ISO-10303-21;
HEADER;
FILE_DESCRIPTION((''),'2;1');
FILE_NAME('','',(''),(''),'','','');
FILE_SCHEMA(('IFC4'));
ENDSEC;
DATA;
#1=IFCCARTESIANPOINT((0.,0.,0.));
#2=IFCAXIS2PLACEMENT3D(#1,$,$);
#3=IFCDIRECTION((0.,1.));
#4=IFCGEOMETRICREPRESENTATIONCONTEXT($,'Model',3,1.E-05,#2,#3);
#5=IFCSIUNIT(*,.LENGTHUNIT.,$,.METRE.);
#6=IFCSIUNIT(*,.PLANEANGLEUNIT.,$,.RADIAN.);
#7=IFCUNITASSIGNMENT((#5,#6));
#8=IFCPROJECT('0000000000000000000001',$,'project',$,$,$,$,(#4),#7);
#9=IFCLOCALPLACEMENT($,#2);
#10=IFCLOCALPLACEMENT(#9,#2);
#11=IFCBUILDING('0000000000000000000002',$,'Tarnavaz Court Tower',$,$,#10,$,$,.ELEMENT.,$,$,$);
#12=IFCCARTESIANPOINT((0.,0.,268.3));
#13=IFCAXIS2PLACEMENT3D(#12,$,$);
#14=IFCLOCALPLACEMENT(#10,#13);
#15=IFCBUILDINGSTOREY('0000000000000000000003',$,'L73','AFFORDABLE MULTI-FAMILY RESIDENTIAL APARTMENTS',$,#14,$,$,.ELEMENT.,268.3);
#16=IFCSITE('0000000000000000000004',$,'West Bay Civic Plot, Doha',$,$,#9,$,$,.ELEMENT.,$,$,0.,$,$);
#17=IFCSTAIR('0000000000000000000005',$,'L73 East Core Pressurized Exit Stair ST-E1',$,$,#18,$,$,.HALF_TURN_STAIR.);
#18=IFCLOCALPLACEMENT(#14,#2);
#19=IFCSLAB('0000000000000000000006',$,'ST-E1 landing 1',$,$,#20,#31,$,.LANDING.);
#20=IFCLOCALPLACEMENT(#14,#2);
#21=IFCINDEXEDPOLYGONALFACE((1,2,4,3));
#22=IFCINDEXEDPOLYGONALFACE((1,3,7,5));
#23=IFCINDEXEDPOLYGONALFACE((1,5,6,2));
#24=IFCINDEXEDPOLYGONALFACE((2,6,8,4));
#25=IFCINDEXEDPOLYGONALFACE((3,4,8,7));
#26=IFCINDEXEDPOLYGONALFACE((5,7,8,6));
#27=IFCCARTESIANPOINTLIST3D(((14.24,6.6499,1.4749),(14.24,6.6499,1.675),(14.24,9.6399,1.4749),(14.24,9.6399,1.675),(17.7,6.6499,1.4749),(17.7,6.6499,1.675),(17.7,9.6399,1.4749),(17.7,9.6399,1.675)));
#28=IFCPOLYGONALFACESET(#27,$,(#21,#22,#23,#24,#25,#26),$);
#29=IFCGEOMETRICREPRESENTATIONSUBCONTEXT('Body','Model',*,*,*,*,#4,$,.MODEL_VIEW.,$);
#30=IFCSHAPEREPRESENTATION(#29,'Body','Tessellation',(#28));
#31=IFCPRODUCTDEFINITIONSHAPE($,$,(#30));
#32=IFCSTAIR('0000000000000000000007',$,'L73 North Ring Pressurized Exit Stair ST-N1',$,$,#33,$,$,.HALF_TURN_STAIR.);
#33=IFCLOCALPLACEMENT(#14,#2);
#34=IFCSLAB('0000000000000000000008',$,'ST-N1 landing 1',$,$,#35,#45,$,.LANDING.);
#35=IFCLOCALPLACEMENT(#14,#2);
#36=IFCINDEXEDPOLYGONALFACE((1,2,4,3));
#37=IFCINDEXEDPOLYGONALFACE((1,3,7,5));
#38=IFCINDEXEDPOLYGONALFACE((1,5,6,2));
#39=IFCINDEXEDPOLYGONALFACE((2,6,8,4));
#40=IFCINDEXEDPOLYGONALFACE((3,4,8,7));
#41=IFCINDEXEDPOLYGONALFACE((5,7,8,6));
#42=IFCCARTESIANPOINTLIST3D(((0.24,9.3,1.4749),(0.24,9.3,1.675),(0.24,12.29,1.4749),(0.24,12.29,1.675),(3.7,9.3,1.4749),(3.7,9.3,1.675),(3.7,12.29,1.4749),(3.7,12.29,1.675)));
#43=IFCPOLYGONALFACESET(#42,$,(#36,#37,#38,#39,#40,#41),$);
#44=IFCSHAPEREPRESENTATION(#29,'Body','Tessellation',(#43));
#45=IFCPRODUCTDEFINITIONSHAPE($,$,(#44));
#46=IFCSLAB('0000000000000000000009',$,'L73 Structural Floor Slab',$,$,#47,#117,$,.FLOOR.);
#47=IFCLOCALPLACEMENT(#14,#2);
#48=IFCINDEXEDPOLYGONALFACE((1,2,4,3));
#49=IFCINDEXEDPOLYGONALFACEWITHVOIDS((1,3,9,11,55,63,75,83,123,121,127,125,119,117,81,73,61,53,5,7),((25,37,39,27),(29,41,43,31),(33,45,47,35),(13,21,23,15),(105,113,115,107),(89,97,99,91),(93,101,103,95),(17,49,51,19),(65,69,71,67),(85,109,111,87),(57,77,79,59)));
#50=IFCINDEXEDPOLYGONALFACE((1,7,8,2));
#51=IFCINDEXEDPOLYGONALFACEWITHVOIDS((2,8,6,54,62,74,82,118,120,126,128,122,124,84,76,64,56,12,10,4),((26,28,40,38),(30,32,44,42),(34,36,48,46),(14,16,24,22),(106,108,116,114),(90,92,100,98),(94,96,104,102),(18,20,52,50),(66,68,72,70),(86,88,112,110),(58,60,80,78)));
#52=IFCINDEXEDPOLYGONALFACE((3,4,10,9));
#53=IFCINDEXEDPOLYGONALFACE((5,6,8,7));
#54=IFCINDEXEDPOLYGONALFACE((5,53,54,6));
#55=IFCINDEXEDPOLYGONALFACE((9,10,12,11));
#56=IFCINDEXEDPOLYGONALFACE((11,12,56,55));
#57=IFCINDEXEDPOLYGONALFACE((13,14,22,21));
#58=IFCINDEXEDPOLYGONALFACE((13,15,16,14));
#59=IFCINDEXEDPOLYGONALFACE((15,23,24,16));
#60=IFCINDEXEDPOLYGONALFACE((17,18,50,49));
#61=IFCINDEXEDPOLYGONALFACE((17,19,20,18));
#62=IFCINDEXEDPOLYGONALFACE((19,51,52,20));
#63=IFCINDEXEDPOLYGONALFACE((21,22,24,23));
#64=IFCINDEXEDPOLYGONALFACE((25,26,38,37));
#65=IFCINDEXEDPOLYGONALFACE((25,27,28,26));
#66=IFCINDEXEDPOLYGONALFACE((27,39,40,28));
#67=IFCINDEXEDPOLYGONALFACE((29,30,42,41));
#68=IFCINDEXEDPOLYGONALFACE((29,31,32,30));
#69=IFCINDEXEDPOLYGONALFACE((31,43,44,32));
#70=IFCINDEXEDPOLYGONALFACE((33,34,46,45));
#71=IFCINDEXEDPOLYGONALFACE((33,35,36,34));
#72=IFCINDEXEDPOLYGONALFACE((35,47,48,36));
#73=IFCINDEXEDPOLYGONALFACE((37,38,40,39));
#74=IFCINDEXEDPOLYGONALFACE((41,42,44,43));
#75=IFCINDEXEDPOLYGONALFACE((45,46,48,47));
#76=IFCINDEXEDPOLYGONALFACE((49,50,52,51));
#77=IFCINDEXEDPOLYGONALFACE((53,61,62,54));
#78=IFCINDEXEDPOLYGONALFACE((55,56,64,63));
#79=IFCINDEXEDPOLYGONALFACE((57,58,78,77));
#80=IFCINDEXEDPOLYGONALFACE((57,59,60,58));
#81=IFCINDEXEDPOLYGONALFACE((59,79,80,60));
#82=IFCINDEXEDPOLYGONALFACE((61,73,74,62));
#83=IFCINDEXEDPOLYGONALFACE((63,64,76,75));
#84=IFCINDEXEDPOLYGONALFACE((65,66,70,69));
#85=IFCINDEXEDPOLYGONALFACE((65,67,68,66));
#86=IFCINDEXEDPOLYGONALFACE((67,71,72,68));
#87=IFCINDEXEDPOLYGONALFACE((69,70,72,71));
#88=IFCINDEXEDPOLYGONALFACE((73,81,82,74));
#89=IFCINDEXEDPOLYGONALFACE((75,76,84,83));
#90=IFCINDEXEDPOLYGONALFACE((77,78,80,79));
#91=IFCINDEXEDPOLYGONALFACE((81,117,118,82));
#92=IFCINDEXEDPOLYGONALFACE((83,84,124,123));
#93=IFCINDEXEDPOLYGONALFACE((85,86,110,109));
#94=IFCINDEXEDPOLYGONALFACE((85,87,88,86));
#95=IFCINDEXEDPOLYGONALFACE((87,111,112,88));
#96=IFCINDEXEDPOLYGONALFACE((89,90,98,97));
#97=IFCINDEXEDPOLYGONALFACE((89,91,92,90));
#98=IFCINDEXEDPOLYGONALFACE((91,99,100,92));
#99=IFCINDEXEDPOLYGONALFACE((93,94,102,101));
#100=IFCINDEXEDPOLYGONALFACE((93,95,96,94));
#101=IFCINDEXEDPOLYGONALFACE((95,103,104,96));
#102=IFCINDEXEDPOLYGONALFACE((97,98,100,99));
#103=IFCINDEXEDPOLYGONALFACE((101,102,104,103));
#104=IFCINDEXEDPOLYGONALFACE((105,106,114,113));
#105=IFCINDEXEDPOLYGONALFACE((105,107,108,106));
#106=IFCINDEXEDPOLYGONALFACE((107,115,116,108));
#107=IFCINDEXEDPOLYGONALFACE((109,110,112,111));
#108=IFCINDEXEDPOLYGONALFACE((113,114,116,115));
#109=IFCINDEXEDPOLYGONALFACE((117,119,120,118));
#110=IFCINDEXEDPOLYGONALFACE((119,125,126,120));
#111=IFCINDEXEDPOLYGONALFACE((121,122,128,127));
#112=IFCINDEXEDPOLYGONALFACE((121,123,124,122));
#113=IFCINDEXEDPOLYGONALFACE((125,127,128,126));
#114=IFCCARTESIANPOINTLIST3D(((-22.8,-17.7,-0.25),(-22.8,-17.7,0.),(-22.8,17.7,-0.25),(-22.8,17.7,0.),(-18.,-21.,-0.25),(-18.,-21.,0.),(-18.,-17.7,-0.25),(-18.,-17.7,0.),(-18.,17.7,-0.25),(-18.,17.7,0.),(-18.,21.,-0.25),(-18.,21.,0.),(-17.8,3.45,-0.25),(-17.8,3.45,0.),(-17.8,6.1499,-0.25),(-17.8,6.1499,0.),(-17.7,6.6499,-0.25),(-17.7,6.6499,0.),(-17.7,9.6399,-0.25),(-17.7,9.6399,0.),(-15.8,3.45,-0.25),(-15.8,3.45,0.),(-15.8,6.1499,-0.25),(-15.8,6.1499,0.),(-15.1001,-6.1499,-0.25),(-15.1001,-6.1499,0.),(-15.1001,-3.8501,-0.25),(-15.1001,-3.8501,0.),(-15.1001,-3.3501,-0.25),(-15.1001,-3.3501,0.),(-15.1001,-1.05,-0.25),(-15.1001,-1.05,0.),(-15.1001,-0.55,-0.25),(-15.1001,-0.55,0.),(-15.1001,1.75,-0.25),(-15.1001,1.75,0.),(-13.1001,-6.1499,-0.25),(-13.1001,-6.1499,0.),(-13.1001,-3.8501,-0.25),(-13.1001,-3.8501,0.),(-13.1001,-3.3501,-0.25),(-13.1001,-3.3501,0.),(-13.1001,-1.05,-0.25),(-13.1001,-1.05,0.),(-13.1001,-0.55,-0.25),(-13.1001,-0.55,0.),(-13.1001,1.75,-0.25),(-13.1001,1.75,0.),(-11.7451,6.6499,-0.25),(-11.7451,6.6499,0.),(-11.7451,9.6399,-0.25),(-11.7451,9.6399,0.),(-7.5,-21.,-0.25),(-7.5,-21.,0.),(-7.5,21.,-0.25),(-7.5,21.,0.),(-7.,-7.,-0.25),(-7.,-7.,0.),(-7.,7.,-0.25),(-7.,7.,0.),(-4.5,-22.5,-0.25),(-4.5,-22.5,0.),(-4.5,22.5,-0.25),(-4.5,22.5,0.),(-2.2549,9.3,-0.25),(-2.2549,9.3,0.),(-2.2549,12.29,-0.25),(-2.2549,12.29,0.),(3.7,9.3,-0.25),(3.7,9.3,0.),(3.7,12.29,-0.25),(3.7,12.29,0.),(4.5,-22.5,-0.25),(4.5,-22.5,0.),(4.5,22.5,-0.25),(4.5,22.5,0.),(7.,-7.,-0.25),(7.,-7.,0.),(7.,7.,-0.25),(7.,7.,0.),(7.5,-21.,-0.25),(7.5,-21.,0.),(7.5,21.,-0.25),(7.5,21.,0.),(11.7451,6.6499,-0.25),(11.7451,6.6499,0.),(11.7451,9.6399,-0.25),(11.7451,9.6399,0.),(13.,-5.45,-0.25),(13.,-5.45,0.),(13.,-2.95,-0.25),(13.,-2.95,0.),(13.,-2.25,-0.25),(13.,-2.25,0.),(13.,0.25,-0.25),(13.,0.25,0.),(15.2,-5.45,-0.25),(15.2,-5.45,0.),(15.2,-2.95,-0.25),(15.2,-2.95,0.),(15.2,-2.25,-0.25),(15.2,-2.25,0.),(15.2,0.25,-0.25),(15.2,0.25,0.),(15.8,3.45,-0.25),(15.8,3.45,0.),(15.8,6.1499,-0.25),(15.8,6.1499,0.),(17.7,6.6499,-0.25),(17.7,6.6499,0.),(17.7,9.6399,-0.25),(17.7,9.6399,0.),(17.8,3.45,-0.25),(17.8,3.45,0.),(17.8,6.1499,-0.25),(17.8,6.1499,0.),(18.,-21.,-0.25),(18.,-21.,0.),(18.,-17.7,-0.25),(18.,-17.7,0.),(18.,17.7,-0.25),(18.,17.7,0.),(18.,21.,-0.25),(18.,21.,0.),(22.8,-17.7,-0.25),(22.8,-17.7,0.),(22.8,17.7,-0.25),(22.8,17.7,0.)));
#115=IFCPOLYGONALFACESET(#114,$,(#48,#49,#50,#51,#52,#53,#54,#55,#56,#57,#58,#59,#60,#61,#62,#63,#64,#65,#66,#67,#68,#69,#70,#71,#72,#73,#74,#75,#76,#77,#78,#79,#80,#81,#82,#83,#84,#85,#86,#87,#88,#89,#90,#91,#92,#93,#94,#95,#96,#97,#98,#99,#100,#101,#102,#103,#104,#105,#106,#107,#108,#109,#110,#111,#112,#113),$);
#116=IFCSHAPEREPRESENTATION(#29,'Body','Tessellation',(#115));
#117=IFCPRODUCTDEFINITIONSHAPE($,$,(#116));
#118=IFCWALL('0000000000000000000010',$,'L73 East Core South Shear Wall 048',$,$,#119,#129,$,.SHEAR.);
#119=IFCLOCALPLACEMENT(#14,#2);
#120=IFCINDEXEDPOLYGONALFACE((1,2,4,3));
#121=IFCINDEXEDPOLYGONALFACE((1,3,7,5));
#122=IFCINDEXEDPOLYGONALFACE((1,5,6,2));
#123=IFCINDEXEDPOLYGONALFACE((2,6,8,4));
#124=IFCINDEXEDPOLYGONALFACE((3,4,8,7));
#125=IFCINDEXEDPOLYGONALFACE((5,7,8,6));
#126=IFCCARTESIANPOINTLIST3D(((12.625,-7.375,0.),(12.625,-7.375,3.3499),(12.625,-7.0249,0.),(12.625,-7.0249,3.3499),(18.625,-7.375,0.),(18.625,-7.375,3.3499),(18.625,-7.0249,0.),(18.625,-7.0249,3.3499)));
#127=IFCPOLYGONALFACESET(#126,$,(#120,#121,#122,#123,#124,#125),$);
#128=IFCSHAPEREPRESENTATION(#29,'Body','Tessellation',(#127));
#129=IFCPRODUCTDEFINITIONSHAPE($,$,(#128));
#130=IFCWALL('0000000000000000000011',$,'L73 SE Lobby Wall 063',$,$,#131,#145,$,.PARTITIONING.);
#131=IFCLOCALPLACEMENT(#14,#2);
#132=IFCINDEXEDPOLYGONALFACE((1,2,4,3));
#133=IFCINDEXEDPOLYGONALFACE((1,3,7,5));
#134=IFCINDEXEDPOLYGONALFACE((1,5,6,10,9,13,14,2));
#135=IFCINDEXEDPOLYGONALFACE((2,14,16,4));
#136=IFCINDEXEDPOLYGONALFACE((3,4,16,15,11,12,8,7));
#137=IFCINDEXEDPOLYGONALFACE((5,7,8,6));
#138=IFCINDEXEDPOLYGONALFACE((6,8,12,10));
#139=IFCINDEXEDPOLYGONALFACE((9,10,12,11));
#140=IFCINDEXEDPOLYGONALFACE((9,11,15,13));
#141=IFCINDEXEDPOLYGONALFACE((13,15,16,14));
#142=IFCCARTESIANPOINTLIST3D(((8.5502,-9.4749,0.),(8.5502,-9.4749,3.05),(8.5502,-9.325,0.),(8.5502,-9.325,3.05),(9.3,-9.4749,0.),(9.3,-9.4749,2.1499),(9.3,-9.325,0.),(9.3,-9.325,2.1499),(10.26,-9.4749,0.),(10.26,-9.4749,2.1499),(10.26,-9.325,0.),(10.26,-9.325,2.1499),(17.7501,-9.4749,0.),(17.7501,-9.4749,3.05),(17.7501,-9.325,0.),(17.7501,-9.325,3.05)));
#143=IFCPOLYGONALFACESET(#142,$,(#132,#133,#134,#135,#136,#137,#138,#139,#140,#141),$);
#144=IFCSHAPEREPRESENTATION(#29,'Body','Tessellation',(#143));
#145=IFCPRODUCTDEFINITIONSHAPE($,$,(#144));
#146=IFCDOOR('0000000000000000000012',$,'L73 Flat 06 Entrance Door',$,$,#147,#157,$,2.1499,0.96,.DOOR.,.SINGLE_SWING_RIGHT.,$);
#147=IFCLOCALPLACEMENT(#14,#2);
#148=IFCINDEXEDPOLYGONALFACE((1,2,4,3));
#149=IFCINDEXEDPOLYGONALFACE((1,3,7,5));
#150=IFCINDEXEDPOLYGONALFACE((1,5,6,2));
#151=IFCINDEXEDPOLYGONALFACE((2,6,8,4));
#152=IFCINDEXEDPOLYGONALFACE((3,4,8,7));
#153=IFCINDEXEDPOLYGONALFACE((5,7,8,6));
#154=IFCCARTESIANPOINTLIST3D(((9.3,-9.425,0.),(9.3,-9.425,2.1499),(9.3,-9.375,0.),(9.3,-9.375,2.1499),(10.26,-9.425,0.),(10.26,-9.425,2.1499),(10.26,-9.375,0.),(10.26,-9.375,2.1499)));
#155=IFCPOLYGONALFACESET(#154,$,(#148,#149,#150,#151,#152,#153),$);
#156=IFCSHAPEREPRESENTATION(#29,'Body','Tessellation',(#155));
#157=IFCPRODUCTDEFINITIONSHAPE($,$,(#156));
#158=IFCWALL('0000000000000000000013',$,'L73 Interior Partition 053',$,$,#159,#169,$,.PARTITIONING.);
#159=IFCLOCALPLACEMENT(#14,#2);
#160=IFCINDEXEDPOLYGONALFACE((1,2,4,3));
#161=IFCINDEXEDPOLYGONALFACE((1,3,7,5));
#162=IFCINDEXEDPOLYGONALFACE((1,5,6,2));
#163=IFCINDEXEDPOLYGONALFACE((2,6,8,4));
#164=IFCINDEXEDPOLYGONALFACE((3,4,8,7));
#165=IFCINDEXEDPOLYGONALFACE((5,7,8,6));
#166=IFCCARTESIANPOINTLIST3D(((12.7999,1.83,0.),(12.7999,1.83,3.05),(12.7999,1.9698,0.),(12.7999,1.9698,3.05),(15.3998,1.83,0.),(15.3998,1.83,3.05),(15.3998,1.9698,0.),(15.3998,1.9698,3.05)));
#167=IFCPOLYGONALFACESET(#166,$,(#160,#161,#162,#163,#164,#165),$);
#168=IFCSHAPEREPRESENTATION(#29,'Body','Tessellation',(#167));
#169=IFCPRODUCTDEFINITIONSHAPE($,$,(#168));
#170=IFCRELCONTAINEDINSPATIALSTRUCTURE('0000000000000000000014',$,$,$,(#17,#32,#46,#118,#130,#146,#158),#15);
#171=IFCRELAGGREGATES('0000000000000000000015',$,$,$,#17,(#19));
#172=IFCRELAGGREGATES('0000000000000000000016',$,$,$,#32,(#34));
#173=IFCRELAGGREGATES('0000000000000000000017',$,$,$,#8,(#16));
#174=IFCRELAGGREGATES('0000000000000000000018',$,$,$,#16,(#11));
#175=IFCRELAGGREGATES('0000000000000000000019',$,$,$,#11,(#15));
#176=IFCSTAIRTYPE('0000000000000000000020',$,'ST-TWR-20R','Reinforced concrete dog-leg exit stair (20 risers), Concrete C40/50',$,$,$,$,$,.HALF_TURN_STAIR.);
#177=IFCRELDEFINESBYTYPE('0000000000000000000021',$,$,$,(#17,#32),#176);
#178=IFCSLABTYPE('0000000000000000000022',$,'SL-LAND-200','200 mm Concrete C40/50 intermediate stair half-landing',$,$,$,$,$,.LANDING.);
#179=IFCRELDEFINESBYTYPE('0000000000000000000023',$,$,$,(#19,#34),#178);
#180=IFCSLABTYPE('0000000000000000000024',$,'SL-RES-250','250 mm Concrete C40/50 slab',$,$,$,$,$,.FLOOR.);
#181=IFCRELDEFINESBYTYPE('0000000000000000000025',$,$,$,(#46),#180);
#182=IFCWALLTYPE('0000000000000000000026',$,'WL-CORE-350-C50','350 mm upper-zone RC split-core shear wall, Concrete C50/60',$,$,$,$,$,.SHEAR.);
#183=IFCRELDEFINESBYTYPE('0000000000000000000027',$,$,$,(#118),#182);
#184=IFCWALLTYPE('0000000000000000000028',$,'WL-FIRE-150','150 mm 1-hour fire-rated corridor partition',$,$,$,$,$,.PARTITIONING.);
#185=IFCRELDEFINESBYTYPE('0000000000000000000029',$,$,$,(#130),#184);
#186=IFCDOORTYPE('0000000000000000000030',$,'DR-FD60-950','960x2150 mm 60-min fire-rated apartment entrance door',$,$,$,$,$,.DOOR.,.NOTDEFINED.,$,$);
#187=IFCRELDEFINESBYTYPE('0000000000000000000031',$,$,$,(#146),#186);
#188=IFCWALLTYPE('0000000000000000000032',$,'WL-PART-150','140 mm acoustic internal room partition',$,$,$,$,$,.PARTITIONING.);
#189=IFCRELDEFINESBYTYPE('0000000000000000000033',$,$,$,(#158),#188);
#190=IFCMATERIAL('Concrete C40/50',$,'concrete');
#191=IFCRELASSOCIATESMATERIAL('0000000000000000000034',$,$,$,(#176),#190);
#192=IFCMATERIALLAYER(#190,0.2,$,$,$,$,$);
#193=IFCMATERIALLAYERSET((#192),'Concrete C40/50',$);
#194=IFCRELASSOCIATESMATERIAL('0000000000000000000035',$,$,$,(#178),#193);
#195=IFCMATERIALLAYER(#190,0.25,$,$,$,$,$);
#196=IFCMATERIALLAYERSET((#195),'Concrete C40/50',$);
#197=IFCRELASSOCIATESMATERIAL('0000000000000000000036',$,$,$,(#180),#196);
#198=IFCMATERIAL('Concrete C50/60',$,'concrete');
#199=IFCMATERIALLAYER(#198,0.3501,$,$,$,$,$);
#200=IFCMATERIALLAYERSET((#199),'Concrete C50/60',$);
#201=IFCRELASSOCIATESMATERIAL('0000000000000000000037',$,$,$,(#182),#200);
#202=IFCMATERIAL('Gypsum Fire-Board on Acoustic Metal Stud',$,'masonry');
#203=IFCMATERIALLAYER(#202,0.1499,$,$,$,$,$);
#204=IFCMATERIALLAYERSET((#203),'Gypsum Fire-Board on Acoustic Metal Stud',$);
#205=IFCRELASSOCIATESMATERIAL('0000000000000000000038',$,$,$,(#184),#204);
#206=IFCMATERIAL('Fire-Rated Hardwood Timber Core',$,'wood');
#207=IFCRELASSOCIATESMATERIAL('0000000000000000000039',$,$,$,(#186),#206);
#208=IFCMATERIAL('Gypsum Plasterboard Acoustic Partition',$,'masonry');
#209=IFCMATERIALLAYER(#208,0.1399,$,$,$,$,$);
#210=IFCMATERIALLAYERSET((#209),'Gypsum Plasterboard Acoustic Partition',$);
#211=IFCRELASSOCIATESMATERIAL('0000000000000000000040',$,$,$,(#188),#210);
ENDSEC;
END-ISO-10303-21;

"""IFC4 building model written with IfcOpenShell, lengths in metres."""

from ifc_helpers import new_model, si_unit, direction, frame, frame_2d, origin, place, context, subcontext, project, spatial, polyline, rectangle, outline, extrude, material, layer, layer_set, type_object, element, fill, aggregate, save


model = new_model("IFC4")

# Units and contexts
model_context = context("Model", 3, precision=1e-05, world=origin(), true_north=direction((0.0, 1.0)))
body_context = subcontext(model_context, "Body", "Model", "MODEL_VIEW")
ifc_project = project(units=[si_unit("LENGTHUNIT", "METRE"), si_unit("PLANEANGLEUNIT", "RADIAN")], contexts=[model_context])

# Site, building, storey
site_placement = place(None, origin())
site = spatial("IfcSite", under=ifc_project, at=site_placement, Name="West Bay Civic Plot, Doha", CompositionType="ELEMENT", RefElevation=0.0)
building_placement = place(site_placement, origin())
building = spatial("IfcBuilding", under=site, at=building_placement, Name="Tarnavaz Court Tower", CompositionType="ELEMENT")
storey_placement = place(building_placement, frame((0.0, 0.0, 268.3)))
storey = spatial("IfcBuildingStorey", under=building, at=storey_placement, Name="L73", Description="AFFORDABLE MULTI-FAMILY RESIDENTIAL APARTMENTS", CompositionType="ELEMENT", Elevation=268.3)

# Shared definitions
ifc_material_1 = material(Name="Concrete C50/60", Category="concrete")

# Stairs, slabs
ifc_material_2 = material(Name="Concrete C40/50", Category="concrete")
stair_type = type_object("IfcStairType", Name="ST-TWR-20R", Description="Reinforced concrete dog-leg exit stair (20 risers), Concrete C40/50", PredefinedType="HALF_TURN_STAIR", material=ifc_material_2)
ifc_layer_1 = layer(ifc_material_2, 0.2)
ifc_layer_set_1 = layer_set([ifc_layer_1], Name="Concrete C40/50")
slab_type_1 = type_object("IfcSlabType", Name="SL-LAND-200", Description="200 mm Concrete C40/50 intermediate stair half-landing", PredefinedType="LANDING", material=ifc_layer_set_1)
stair_1_placement = place(storey_placement, origin())
stair_1 = element("IfcStair", 1, at=stair_1_placement, inside=storey, type_object=stair_type, Name="L73 East Core Pressurized Exit Stair ST-E1", PredefinedType="HALF_TURN_STAIR")
slab_1_placement = place(storey_placement, frame((0.0, 0.0, 1.4749)))
slab_1 = element("IfcSlab", 2, at=slab_1_placement, type_object=slab_type_1, Name="ST-E1 landing 1", PredefinedType="LANDING", context=body_context, shape_type="SweptSolid", body=[
    extrude(outline(polyline([(14.24, 6.6499), (17.7, 6.6499), (17.7, 9.6399), (14.24, 9.6399), (14.24, 6.6499)])), origin(), (0.0, 0.0, 1.0), 0.2002),
])
aggregate(stair_1, [slab_1])
stair_2_placement = place(storey_placement, origin())
stair_2 = element("IfcStair", 3, at=stair_2_placement, inside=storey, type_object=stair_type, Name="L73 North Ring Pressurized Exit Stair ST-N1", PredefinedType="HALF_TURN_STAIR")
slab_2_placement = place(storey_placement, frame((0.0, 0.0, 1.4749)))
slab_2 = element("IfcSlab", 4, at=slab_2_placement, type_object=slab_type_1, Name="ST-N1 landing 1", PredefinedType="LANDING", context=body_context, shape_type="SweptSolid", body=[
    extrude(outline(polyline([(0.24, 9.3), (3.7, 9.3), (3.7, 12.29), (0.24, 12.29), (0.24, 9.3)])), origin(), (0.0, 0.0, 1.0), 0.2002),
])
aggregate(stair_2, [slab_2])

# Slab
ifc_layer_2 = layer(ifc_material_2, 0.25)
ifc_layer_set_2 = layer_set([ifc_layer_2], Name="Concrete C40/50")
slab_type_2 = type_object("IfcSlabType", Name="SL-RES-250", Description="250 mm Concrete C40/50 slab", PredefinedType="FLOOR", material=ifc_layer_set_2)
slab_3_placement = place(storey_placement, frame((0.0, 0.0, -0.25)))
element("IfcSlab", 5, at=slab_3_placement, inside=storey, type_object=slab_type_2, Name="L73 Structural Floor Slab", PredefinedType="FLOOR", context=body_context, shape_type="SweptSolid", body=[
    extrude(outline(polyline([(-18.0, -21.0), (-7.5, -21.0), (-4.5, -22.5), (4.5, -22.5), (7.5, -21.0), (18.0, -21.0), (18.0, -17.7), (22.8, -17.7), (22.8, 17.7), (18.0, 17.7), (18.0, 21.0), (7.5, 21.0), (4.5, 22.5), (-4.5, 22.5), (-7.5, 21.0), (-18.0, 21.0), (-18.0, 17.7), (-22.8, 17.7), (-22.8, -17.7), (-18.0, -17.7), (-18.0, -21.0)]), holes=[polyline([(-7.0, -7.0), (7.0, -7.0), (7.0, 7.0), (-7.0, 7.0), (-7.0, -7.0)]), polyline([(-11.7451, 9.6399), (-17.7, 9.6399), (-17.7, 6.6499), (-11.7451, 6.6499), (-11.7451, 9.6399)]), polyline([(11.7451, 6.6499), (17.7, 6.6499), (17.7, 9.6399), (11.7451, 9.6399), (11.7451, 6.6499)]), polyline([(-2.2549, 9.3), (3.7, 9.3), (3.7, 12.29), (-2.2549, 12.29), (-2.2549, 9.3)]), polyline([(-17.8, 3.45), (-15.8, 3.45), (-15.8, 6.1499), (-17.8, 6.1499), (-17.8, 3.45)]), polyline([(-15.1001, -6.1499), (-13.1001, -6.1499), (-13.1001, -3.8501), (-15.1001, -3.8501), (-15.1001, -6.1499)]), polyline([(-15.1001, -3.3501), (-13.1001, -3.3501), (-13.1001, -1.05), (-15.1001, -1.05), (-15.1001, -3.3501)]), polyline([(-15.1001, -0.55), (-13.1001, -0.55), (-13.1001, 1.75), (-15.1001, 1.75), (-15.1001, -0.55)]), polyline([(15.8, 3.45), (17.8, 3.45), (17.8, 6.1499), (15.8, 6.1499), (15.8, 3.45)]), polyline([(13.0, -5.45), (15.2, -5.45), (15.2, -2.95), (13.0, -2.95), (13.0, -5.45)]), polyline([(13.0, -2.25), (15.2, -2.25), (15.2, 0.25), (13.0, 0.25), (13.0, -2.25)])]), origin(), (0.0, 0.0, 1.0), 0.25),
])

# Wall
ifc_layer_3 = layer(ifc_material_1, 0.3501)
ifc_layer_set_3 = layer_set([ifc_layer_3], Name="Concrete C50/60")
wall_type_1 = type_object("IfcWallType", Name="WL-CORE-350-C50", Description="350 mm upper-zone RC split-core shear wall, Concrete C50/60", PredefinedType="SHEAR", material=ifc_layer_set_3)
wall_1_placement = place(storey_placement, frame((12.625, -7.2, 0.0), z_axis=(0.0, 0.0, 1.0), x_axis=(1.0, 0.0, 0.0)))
element("IfcWall", 6, at=wall_1_placement, inside=storey, type_object=wall_type_1, Name="L73 East Core South Shear Wall 048", PredefinedType="SHEAR", context=body_context, shape_type="SweptSolid", body=[
    extrude(rectangle(XDim=6.0, YDim=0.3501, at=frame_2d((3.0, 0.0))), origin(), (0.0, 0.0, 1.0), 3.3499),
])

# Wall, opening, door
ifc_material_3 = material(Name="Gypsum Fire-Board on Acoustic Metal Stud", Category="masonry")
ifc_layer_4 = layer(ifc_material_3, 0.1499)
ifc_layer_set_4 = layer_set([ifc_layer_4], Name="Gypsum Fire-Board on Acoustic Metal Stud")
wall_type_2 = type_object("IfcWallType", Name="WL-FIRE-150", Description="150 mm 1-hour fire-rated corridor partition", PredefinedType="PARTITIONING", material=ifc_layer_set_4)
wall_2_placement = place(storey_placement, frame((8.55, -9.3999, 0.0), z_axis=(0.0, 0.0, 1.0), x_axis=(1.0, 0.0, 0.0)))
wall_2 = element("IfcWall", 7, at=wall_2_placement, inside=storey, type_object=wall_type_2, Name="L73 SE Lobby Wall 063", PredefinedType="PARTITIONING", context=body_context, shape_type="SweptSolid", body=[
    extrude(rectangle(XDim=9.2, YDim=0.1499, at=frame_2d((4.6001, 0.0))), origin(), (0.0, 0.0, 1.0), 3.05),
])
opening_1_placement = place(wall_2_placement, frame((0.75, 0.0, 0.0)))
opening_1 = element("IfcOpeningElement", 8, at=opening_1_placement, cuts=wall_2, PredefinedType="OPENING", context=body_context, shape_type="SweptSolid", body=[
    extrude(rectangle(XDim=0.96, YDim=2.1499, at=frame_2d((0.48, 1.075))), frame((0.0, 0.085, 0.0), z_axis=(0.0, -1.0, 0.0), x_axis=(1.0, 0.0, 0.0)), (0.0, 0.0, 1.0), 0.1699),
])
ifc_material_4 = material(Name="Fire-Rated Hardwood Timber Core", Category="wood")
door_type_1 = type_object("IfcDoorType", Name="DR-FD60-950", Description="960x2150 mm 60-min fire-rated apartment entrance door", OperationType="NOTDEFINED", PredefinedType="DOOR", material=ifc_material_4)
door_1_placement = place(opening_1_placement, origin())
door_1 = element("IfcDoor", 9, at=door_1_placement, inside=storey, type_object=door_type_1, Name="L73 Flat 06 Entrance Door", OperationType="SINGLE_SWING_RIGHT", OverallHeight=2.1499, OverallWidth=0.96, PredefinedType="DOOR", context=body_context, shape_type="SweptSolid", body=[
    extrude(rectangle(XDim=0.96, YDim=2.1499, at=frame_2d((0.48, 1.075))), frame((0.0, 0.0249, 0.0), z_axis=(0.0, -1.0, 0.0), x_axis=(1.0, 0.0, 0.0)), (0.0, 0.0, 1.0), 0.05),
])
fill(opening_1, door_1)

# Wall
ifc_material_5 = material(Name="Gypsum Plasterboard Acoustic Partition", Category="masonry")
ifc_layer_5 = layer(ifc_material_5, 0.1399)
ifc_layer_set_5 = layer_set([ifc_layer_5], Name="Gypsum Plasterboard Acoustic Partition")
wall_type_3 = type_object("IfcWallType", Name="WL-PART-150", Description="140 mm acoustic internal room partition", PredefinedType="PARTITIONING", material=ifc_layer_set_5)
wall_3_placement = place(storey_placement, frame((12.8, 1.8999, 0.0), z_axis=(0.0, 0.0, 1.0), x_axis=(1.0, 0.0, 0.0)))
element("IfcWall", 10, at=wall_3_placement, inside=storey, type_object=wall_type_3, Name="L73 Interior Partition 053", PredefinedType="PARTITIONING", context=body_context, shape_type="SweptSolid", body=[
    extrude(rectangle(XDim=2.5999, YDim=0.1399, at=frame_2d((1.2998, 0.0))), origin(), (0.0, 0.0, 1.0), 3.05),
])

save(model, "model.ifc")
